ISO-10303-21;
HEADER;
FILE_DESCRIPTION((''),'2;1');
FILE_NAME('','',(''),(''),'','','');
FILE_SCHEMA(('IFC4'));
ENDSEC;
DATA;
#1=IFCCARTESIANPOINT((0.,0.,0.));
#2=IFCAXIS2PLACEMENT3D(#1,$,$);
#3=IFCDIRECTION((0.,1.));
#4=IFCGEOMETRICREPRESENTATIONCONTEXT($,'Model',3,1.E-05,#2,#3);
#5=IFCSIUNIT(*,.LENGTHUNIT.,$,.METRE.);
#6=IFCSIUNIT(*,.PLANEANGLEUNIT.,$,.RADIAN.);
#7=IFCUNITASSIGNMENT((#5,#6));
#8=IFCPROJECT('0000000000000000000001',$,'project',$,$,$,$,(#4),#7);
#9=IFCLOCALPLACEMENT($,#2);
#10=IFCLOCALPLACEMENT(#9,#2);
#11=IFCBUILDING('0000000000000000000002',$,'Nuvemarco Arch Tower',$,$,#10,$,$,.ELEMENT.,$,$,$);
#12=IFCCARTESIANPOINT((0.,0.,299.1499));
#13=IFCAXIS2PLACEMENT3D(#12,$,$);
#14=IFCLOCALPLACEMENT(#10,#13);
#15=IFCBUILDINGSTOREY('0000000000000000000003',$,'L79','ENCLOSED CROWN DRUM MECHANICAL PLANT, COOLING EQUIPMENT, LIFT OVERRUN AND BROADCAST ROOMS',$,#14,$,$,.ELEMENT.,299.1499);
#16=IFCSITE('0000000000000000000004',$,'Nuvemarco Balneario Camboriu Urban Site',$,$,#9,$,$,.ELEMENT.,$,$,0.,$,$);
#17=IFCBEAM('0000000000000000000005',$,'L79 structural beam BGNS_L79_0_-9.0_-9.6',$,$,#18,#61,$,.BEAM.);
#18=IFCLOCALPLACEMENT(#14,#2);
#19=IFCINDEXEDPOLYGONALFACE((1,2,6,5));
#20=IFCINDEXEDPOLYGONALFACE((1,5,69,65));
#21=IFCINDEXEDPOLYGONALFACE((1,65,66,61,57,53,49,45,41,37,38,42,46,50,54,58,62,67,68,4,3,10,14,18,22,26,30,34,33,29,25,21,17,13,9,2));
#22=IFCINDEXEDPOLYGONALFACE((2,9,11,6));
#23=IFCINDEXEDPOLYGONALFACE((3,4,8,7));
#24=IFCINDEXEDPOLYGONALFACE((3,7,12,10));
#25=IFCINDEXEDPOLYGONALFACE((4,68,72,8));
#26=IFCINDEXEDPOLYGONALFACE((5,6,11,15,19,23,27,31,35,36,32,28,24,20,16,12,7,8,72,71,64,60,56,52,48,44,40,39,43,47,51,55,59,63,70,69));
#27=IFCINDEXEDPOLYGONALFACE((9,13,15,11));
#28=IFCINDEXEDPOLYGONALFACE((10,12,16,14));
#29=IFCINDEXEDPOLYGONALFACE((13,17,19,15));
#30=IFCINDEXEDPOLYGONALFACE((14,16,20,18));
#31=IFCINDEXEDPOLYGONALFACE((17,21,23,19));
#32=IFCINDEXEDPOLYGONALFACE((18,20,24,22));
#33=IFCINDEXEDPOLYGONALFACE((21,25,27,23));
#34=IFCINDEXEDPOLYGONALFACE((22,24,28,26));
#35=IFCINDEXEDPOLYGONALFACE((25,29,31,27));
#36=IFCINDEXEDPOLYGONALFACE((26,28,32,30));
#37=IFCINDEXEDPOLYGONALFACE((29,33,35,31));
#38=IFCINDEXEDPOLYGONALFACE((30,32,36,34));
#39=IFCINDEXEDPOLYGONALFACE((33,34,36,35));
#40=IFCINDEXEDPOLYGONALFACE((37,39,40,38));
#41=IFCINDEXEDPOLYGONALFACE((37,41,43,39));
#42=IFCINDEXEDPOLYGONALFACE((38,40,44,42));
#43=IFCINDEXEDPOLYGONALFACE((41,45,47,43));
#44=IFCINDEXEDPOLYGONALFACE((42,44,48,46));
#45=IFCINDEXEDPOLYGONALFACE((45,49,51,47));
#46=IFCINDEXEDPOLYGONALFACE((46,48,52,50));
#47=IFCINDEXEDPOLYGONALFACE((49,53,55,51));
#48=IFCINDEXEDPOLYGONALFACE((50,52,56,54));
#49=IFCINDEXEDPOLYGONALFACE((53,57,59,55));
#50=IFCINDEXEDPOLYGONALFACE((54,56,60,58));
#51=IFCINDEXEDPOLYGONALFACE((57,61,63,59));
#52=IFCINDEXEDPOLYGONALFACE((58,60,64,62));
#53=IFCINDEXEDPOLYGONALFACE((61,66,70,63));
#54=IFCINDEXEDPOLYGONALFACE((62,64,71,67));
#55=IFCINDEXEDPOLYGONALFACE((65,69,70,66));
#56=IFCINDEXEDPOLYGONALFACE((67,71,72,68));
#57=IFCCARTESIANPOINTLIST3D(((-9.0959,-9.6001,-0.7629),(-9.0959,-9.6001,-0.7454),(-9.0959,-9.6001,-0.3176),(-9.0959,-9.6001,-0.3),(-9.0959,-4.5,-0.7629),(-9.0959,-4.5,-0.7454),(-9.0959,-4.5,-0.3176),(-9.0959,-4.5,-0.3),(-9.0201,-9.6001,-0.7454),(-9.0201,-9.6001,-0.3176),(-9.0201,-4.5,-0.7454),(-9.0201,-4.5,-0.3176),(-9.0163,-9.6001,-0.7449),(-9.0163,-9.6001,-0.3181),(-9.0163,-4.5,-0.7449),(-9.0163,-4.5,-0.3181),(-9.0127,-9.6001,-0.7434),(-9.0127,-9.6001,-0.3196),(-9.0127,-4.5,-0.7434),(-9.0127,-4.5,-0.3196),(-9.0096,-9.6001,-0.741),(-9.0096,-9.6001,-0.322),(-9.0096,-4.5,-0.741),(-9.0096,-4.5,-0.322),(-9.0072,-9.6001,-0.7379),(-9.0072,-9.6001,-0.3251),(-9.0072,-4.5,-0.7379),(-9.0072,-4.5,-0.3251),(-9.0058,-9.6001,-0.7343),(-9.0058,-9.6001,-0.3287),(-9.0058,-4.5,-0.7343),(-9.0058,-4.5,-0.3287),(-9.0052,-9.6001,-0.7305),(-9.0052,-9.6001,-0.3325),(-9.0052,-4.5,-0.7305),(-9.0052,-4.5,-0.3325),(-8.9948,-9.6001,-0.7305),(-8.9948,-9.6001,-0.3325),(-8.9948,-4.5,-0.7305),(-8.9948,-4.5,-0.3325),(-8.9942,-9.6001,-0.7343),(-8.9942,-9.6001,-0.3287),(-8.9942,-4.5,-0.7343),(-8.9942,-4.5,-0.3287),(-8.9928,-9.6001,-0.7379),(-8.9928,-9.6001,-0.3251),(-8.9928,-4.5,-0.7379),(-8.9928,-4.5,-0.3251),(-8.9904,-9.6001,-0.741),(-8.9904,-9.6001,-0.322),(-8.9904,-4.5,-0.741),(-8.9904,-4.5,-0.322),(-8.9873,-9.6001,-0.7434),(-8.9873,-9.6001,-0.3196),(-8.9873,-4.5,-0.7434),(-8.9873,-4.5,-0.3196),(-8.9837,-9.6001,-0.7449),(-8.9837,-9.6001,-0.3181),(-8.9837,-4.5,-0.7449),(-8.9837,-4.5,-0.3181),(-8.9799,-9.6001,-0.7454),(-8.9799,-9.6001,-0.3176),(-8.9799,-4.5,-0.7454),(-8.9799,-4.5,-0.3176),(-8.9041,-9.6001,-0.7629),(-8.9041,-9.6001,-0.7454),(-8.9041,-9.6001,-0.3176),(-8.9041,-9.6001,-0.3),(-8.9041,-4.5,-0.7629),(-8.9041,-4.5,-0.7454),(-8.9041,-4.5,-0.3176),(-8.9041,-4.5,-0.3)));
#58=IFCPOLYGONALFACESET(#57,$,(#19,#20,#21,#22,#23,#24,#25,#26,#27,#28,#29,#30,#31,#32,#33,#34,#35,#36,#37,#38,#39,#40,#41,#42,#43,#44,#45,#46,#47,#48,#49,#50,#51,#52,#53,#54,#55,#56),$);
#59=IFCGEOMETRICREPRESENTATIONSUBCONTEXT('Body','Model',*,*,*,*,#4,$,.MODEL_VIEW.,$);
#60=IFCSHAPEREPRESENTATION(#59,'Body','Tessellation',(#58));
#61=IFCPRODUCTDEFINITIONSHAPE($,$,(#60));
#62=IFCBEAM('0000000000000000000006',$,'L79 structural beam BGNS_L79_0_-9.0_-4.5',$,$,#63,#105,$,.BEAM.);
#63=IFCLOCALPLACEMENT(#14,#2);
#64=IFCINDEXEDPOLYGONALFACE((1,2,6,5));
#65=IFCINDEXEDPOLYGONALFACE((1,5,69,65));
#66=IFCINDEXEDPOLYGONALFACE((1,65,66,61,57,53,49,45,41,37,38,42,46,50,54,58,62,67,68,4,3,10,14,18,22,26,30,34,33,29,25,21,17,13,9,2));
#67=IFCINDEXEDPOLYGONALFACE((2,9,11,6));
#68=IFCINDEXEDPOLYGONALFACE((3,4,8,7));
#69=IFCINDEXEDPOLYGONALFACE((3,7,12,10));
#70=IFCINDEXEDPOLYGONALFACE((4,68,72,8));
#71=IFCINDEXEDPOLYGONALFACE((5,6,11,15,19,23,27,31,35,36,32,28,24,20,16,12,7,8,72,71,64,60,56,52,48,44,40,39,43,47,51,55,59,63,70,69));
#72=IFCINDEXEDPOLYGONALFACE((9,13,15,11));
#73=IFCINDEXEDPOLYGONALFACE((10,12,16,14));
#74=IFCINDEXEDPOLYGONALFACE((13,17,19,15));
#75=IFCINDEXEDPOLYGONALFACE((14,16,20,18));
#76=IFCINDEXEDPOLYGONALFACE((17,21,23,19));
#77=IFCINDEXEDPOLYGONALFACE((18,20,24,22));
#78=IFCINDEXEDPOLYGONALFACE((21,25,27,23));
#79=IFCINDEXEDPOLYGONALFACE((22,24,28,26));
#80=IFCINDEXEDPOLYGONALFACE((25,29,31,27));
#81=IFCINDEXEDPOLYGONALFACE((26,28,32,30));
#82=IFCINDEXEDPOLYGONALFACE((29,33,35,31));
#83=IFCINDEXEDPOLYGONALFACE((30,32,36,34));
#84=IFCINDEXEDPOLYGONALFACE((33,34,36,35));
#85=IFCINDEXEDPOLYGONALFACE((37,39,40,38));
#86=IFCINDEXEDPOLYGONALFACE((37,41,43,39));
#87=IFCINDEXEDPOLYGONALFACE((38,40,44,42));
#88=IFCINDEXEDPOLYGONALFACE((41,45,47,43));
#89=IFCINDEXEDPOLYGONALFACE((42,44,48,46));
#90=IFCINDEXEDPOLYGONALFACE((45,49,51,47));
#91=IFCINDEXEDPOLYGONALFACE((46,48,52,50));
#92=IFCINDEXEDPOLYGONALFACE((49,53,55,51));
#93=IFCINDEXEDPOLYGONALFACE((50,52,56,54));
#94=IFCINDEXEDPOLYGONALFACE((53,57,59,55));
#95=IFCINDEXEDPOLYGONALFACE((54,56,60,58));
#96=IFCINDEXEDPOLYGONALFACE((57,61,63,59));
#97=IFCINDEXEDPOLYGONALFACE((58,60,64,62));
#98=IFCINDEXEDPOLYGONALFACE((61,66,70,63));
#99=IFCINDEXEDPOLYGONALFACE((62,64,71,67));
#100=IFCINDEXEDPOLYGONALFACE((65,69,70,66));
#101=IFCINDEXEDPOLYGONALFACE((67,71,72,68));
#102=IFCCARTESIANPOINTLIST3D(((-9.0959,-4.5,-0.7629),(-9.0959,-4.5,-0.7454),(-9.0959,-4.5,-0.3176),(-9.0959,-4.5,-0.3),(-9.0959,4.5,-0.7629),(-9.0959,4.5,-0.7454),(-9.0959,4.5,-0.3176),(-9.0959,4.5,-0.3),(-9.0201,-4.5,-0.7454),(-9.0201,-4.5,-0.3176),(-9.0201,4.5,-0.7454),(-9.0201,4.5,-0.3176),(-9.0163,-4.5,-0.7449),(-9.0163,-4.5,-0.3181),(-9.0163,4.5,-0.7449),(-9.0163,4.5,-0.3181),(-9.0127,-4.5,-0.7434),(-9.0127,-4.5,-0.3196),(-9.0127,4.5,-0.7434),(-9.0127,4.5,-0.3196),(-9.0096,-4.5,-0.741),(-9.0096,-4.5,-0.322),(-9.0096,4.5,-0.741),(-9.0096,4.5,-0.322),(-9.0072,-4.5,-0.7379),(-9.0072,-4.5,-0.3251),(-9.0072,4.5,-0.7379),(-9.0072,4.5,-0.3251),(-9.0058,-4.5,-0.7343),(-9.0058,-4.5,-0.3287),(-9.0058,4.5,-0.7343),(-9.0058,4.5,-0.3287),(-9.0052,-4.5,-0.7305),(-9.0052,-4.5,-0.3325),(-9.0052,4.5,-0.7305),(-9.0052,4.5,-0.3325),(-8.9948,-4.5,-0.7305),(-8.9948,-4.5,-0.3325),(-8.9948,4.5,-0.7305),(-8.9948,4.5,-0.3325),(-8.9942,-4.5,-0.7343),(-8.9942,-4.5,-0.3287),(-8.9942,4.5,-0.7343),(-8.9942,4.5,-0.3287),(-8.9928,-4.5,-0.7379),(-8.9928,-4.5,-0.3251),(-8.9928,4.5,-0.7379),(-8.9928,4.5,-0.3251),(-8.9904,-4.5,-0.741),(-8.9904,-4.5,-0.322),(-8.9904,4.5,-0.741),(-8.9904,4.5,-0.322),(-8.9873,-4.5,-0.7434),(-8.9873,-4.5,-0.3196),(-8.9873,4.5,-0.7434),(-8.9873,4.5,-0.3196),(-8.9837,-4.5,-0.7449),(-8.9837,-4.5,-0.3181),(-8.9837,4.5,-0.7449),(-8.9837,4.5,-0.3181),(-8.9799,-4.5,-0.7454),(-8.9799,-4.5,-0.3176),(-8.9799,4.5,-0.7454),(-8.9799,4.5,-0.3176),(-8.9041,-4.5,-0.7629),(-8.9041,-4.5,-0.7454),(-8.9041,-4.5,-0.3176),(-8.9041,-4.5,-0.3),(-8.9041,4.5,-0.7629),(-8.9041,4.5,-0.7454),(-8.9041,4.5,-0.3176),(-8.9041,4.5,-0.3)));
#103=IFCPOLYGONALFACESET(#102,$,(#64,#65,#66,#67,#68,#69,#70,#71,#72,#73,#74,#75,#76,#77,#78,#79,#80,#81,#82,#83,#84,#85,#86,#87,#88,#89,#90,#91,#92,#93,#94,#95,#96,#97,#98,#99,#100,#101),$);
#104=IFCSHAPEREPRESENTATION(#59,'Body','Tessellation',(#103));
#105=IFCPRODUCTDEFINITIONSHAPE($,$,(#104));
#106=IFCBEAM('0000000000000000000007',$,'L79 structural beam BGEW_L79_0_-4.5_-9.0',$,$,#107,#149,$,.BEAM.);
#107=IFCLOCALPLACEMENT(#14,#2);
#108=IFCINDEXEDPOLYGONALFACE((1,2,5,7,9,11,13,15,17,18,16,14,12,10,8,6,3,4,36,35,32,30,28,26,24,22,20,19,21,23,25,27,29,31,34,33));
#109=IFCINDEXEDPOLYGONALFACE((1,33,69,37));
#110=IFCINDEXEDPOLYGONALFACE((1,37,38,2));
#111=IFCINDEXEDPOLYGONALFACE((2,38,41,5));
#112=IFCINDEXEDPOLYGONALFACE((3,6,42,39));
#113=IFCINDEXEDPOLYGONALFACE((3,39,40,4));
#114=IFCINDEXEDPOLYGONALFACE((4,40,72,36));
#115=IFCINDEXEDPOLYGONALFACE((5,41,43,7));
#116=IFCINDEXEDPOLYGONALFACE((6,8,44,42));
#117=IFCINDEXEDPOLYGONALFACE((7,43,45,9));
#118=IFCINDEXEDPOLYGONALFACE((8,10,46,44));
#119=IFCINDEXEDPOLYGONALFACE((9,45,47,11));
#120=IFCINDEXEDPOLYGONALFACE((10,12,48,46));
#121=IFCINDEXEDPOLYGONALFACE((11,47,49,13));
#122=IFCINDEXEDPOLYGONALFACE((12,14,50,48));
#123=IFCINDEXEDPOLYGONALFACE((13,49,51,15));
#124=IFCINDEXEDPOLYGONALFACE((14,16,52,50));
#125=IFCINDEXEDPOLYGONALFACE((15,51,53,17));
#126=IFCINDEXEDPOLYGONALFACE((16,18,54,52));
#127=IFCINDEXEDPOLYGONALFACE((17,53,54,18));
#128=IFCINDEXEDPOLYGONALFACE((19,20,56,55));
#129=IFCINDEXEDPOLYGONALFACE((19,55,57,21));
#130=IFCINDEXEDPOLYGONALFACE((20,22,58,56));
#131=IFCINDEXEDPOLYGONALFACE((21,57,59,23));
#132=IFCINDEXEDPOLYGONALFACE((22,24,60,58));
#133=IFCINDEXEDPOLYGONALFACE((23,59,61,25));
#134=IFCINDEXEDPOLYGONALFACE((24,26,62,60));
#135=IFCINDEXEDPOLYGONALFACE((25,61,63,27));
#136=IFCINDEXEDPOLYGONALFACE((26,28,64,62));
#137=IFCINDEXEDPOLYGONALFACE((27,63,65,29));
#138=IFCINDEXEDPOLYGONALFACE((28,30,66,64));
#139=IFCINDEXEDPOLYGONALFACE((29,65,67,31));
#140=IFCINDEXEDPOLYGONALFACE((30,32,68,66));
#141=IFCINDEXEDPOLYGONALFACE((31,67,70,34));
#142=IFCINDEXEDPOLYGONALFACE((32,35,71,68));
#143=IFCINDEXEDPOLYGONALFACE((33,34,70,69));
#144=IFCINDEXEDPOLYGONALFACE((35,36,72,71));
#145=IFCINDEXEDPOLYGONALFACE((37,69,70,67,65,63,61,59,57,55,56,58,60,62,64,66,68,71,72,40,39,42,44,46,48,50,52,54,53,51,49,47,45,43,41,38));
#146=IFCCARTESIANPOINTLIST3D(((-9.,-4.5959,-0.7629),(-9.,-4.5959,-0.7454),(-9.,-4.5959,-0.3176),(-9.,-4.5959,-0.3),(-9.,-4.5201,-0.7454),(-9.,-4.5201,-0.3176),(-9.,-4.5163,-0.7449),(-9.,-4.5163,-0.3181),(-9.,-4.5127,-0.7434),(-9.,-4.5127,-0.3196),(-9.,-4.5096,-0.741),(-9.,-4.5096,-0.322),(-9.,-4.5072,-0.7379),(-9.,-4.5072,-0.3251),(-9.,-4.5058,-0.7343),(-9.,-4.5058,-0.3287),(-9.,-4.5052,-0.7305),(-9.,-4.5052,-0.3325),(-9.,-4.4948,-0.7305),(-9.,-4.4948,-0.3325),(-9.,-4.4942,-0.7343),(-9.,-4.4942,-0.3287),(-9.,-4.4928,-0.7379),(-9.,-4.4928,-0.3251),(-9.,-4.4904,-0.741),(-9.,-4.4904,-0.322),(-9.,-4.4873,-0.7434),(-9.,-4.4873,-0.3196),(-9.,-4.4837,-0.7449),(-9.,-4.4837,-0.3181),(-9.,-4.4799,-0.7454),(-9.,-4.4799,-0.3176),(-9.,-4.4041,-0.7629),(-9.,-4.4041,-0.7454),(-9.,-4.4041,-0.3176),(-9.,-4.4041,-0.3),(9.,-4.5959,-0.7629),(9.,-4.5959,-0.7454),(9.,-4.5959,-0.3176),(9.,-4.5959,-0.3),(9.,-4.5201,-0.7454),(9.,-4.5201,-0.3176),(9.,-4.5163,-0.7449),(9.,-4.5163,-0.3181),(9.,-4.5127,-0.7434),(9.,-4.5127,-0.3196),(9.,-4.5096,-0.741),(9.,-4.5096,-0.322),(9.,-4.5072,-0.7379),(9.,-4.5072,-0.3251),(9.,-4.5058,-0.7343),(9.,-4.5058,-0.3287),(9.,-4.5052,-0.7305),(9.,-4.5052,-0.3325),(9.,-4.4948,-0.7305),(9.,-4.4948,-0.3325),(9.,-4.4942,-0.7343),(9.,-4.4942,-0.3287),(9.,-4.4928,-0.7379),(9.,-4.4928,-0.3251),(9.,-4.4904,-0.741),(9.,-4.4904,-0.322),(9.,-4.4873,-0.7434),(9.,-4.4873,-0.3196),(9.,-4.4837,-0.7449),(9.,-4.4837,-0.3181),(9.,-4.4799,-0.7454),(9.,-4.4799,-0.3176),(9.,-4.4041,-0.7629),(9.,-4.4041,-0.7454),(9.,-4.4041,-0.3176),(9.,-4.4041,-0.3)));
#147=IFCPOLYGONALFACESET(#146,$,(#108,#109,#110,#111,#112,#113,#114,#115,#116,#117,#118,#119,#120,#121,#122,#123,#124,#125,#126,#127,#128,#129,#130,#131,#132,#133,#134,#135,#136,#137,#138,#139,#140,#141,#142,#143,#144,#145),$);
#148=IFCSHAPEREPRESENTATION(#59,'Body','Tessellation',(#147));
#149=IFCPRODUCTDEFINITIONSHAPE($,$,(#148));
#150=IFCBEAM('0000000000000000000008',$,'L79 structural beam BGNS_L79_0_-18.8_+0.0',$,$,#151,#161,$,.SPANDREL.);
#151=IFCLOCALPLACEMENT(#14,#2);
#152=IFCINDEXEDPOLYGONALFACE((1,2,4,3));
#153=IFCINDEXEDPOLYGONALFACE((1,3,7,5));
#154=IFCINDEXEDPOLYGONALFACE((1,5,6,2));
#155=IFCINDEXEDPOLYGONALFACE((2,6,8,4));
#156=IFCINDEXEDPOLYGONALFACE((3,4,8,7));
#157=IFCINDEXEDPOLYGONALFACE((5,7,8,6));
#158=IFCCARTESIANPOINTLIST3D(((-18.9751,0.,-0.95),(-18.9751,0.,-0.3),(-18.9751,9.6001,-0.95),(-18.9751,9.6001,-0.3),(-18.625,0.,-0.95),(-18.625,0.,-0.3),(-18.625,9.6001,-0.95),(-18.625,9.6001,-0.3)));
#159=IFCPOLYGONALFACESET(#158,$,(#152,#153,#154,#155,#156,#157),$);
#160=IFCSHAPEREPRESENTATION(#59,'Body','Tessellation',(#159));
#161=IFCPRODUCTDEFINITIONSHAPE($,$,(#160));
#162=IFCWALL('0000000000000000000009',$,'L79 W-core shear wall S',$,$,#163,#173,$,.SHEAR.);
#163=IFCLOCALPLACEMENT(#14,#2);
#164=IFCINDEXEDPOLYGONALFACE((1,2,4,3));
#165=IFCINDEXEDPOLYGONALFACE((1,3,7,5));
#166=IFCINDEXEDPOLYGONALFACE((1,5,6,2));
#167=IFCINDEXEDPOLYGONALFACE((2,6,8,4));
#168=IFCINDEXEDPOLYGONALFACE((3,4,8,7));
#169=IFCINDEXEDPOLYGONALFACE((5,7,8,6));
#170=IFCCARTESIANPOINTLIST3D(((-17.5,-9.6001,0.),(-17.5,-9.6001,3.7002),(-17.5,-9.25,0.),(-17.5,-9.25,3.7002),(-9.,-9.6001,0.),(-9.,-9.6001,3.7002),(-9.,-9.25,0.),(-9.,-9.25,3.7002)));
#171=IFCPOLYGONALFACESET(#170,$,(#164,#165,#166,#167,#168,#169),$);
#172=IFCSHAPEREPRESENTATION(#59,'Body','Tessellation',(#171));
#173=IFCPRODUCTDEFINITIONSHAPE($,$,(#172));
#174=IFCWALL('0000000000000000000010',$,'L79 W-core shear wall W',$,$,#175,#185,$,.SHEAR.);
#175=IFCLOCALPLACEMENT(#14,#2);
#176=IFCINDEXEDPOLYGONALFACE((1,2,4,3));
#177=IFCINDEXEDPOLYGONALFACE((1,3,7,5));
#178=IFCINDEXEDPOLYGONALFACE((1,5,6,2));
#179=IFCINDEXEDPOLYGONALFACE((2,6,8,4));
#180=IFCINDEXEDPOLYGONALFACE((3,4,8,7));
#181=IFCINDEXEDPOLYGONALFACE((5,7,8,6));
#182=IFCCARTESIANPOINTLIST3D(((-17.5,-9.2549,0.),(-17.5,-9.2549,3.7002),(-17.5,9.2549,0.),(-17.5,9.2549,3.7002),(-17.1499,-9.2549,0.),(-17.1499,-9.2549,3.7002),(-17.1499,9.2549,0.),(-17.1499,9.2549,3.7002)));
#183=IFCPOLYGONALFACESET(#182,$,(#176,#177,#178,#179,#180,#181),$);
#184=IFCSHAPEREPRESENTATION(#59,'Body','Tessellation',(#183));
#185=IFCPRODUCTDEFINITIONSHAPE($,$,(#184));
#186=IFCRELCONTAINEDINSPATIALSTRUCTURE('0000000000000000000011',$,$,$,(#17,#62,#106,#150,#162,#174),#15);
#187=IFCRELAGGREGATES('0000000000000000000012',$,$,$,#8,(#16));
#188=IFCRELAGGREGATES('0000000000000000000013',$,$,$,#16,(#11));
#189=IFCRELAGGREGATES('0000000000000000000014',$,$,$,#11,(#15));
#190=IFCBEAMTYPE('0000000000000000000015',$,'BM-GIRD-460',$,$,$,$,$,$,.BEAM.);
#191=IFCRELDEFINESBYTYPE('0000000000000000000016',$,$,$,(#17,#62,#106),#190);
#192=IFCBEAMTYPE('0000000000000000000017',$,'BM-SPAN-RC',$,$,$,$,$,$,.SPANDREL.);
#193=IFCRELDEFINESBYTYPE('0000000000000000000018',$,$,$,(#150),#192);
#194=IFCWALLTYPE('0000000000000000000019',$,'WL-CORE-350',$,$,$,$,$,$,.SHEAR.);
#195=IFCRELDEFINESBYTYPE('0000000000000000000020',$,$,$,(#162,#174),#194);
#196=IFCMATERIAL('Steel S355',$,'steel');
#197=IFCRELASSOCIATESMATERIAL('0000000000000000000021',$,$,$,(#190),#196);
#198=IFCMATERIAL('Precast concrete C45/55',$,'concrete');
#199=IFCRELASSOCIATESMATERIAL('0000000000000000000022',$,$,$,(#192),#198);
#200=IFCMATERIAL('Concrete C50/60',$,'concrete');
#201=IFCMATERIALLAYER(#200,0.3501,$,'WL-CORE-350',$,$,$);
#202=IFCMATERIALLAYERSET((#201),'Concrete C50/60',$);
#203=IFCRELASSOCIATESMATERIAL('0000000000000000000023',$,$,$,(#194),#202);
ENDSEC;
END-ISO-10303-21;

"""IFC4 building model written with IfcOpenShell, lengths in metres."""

from ifc_helpers import new_model, si_unit, direction, frame, frame_2d, origin, origin_2d, place, context, subcontext, project, spatial, rectangle, i_section, extrude, material, layer, layer_set, material_profile, profile_set, type_object, element, save


model = new_model("IFC4")

# Units and contexts
model_context = context("Model", 3, precision=1e-05, world=origin(), true_north=direction((0.0, 1.0)))
body_context = subcontext(model_context, "Body", "Model", "MODEL_VIEW")
ifc_project = project(units=[si_unit("LENGTHUNIT", "METRE"), si_unit("PLANEANGLEUNIT", "RADIAN")], contexts=[model_context])

# Site, building, storey
site_placement = place(None, origin())
site = spatial("IfcSite", under=ifc_project, at=site_placement, Name="Nuvemarco Balneario Camboriu Urban Site", CompositionType="ELEMENT", RefElevation=0.0)
building_placement = place(site_placement, origin())
building = spatial("IfcBuilding", under=site, at=building_placement, Name="Nuvemarco Arch Tower", CompositionType="ELEMENT")
storey_placement = place(building_placement, frame((0.0, 0.0, 299.1499)))
storey = spatial("IfcBuildingStorey", under=building, at=storey_placement, Name="L79", Description="ENCLOSED CROWN DRUM MECHANICAL PLANT, COOLING EQUIPMENT, LIFT OVERRUN AND BROADCAST ROOMS", CompositionType="ELEMENT", Elevation=299.1499)

# Shared definitions
ifc_material_1 = material(Name="Concrete C50/60", Category="concrete")
ifc_material_2 = material(Name="Steel S355", Category="steel")

# Beams
ifc_material_profile_1 = material_profile(ifc_material_2, i_section(OverallWidth=0.1919, OverallDepth=0.4629, WebThickness=0.0105, FlangeThickness=0.0176, FilletRadius=0.0149, at=origin_2d()), Name="W460x89")
ifc_profile_set_1 = profile_set([ifc_material_profile_1], Name="Steel S355")
beam_type_1 = type_object("IfcBeamType", Name="BM-GIRD-460", PredefinedType="BEAM", material=ifc_profile_set_1)
beam_1_placement = place(storey_placement, frame((-9.0, -9.6001, -0.5315), z_axis=(0.0, 1.0, 0.0), x_axis=(-1.0, 0.0, 0.0)))
element("IfcBeam", 1, at=beam_1_placement, inside=storey, type_object=beam_type_1, Name="L79 structural beam BGNS_L79_0_-9.0_-9.6", PredefinedType="BEAM", context=body_context, shape_type="SweptSolid", body=[
    extrude(i_section(OverallWidth=0.1919, OverallDepth=0.4629, WebThickness=0.0105, FlangeThickness=0.0176, FilletRadius=0.0149, at=origin_2d()), origin(), (0.0, 0.0, 1.0), 5.1001),
])
beam_2_placement = place(storey_placement, frame((-9.0, -4.5, -0.5315), z_axis=(0.0, 1.0, 0.0), x_axis=(-1.0, 0.0, 0.0)))
element("IfcBeam", 2, at=beam_2_placement, inside=storey, type_object=beam_type_1, Name="L79 structural beam BGNS_L79_0_-9.0_-4.5", PredefinedType="BEAM", context=body_context, shape_type="SweptSolid", body=[
    extrude(i_section(OverallWidth=0.1919, OverallDepth=0.4629, WebThickness=0.0105, FlangeThickness=0.0176, FilletRadius=0.0149, at=origin_2d()), origin(), (0.0, 0.0, 1.0), 9.0),
])
beam_3_placement = place(storey_placement, frame((-9.0, -4.5, -0.5315), z_axis=(1.0, 0.0, 0.0), x_axis=(0.0, 1.0, 0.0)))
element("IfcBeam", 3, at=beam_3_placement, inside=storey, type_object=beam_type_1, Name="L79 structural beam BGEW_L79_0_-4.5_-9.0", PredefinedType="BEAM", context=body_context, shape_type="SweptSolid", body=[
    extrude(i_section(OverallWidth=0.1919, OverallDepth=0.4629, WebThickness=0.0105, FlangeThickness=0.0176, FilletRadius=0.0149, at=origin_2d()), origin(), (0.0, 0.0, 1.0), 18.0),
])
ifc_material_3 = material(Name="Precast concrete C45/55", Category="concrete")
ifc_material_profile_2 = material_profile(ifc_material_3, rectangle(XDim=0.3501, YDim=0.6499, at=origin_2d()), Name="PC-SP-350x650")
ifc_profile_set_2 = profile_set([ifc_material_profile_2], Name="Precast concrete C45/55")
beam_type_2 = type_object("IfcBeamType", Name="BM-SPAN-RC", PredefinedType="SPANDREL", material=ifc_profile_set_2)
beam_4_placement = place(storey_placement, frame((-18.8, 0.0, -0.625), z_axis=(0.0, 1.0, 0.0), x_axis=(-1.0, 0.0, 0.0)))
element("IfcBeam", 4, at=beam_4_placement, inside=storey, type_object=beam_type_2, Name="L79 structural beam BGNS_L79_0_-18.8_+0.0", PredefinedType="SPANDREL", context=body_context, shape_type="SweptSolid", body=[
    extrude(rectangle(XDim=0.3501, YDim=0.6499, at=origin_2d()), origin(), (0.0, 0.0, 1.0), 9.6001),
])

# Walls
ifc_layer_1 = layer(ifc_material_1, 0.3501, Name="WL-CORE-350")
ifc_layer_set_1 = layer_set([ifc_layer_1], Name="Concrete C50/60")
wall_type_1 = type_object("IfcWallType", Name="WL-CORE-350", PredefinedType="SHEAR", material=ifc_layer_set_1)
wall_1_placement = place(storey_placement, frame((-17.5, -9.425, 0.0), z_axis=(0.0, 0.0, 1.0), x_axis=(1.0, 0.0, 0.0)))
element("IfcWall", 5, at=wall_1_placement, inside=storey, type_object=wall_type_1, Name="L79 W-core shear wall S", PredefinedType="SHEAR", context=body_context, shape_type="SweptSolid", body=[
    extrude(rectangle(XDim=8.5, YDim=0.3501, at=frame_2d((4.25, 0.0))), origin(), (0.0, 0.0, 1.0), 3.7002),
])
wall_2_placement = place(storey_placement, frame((-17.325, -9.2549, 0.0), z_axis=(0.0, 0.0, 1.0), x_axis=(0.0, 1.0, 0.0)))
element("IfcWall", 6, at=wall_2_placement, inside=storey, type_object=wall_type_1, Name="L79 W-core shear wall W", PredefinedType="SHEAR", context=body_context, shape_type="SweptSolid", body=[
    extrude(rectangle(XDim=18.5098, YDim=0.3501, at=frame_2d((9.2549, 0.0))), origin(), (0.0, 0.0, 1.0), 3.7002),
])

save(model, "model.ifc")
